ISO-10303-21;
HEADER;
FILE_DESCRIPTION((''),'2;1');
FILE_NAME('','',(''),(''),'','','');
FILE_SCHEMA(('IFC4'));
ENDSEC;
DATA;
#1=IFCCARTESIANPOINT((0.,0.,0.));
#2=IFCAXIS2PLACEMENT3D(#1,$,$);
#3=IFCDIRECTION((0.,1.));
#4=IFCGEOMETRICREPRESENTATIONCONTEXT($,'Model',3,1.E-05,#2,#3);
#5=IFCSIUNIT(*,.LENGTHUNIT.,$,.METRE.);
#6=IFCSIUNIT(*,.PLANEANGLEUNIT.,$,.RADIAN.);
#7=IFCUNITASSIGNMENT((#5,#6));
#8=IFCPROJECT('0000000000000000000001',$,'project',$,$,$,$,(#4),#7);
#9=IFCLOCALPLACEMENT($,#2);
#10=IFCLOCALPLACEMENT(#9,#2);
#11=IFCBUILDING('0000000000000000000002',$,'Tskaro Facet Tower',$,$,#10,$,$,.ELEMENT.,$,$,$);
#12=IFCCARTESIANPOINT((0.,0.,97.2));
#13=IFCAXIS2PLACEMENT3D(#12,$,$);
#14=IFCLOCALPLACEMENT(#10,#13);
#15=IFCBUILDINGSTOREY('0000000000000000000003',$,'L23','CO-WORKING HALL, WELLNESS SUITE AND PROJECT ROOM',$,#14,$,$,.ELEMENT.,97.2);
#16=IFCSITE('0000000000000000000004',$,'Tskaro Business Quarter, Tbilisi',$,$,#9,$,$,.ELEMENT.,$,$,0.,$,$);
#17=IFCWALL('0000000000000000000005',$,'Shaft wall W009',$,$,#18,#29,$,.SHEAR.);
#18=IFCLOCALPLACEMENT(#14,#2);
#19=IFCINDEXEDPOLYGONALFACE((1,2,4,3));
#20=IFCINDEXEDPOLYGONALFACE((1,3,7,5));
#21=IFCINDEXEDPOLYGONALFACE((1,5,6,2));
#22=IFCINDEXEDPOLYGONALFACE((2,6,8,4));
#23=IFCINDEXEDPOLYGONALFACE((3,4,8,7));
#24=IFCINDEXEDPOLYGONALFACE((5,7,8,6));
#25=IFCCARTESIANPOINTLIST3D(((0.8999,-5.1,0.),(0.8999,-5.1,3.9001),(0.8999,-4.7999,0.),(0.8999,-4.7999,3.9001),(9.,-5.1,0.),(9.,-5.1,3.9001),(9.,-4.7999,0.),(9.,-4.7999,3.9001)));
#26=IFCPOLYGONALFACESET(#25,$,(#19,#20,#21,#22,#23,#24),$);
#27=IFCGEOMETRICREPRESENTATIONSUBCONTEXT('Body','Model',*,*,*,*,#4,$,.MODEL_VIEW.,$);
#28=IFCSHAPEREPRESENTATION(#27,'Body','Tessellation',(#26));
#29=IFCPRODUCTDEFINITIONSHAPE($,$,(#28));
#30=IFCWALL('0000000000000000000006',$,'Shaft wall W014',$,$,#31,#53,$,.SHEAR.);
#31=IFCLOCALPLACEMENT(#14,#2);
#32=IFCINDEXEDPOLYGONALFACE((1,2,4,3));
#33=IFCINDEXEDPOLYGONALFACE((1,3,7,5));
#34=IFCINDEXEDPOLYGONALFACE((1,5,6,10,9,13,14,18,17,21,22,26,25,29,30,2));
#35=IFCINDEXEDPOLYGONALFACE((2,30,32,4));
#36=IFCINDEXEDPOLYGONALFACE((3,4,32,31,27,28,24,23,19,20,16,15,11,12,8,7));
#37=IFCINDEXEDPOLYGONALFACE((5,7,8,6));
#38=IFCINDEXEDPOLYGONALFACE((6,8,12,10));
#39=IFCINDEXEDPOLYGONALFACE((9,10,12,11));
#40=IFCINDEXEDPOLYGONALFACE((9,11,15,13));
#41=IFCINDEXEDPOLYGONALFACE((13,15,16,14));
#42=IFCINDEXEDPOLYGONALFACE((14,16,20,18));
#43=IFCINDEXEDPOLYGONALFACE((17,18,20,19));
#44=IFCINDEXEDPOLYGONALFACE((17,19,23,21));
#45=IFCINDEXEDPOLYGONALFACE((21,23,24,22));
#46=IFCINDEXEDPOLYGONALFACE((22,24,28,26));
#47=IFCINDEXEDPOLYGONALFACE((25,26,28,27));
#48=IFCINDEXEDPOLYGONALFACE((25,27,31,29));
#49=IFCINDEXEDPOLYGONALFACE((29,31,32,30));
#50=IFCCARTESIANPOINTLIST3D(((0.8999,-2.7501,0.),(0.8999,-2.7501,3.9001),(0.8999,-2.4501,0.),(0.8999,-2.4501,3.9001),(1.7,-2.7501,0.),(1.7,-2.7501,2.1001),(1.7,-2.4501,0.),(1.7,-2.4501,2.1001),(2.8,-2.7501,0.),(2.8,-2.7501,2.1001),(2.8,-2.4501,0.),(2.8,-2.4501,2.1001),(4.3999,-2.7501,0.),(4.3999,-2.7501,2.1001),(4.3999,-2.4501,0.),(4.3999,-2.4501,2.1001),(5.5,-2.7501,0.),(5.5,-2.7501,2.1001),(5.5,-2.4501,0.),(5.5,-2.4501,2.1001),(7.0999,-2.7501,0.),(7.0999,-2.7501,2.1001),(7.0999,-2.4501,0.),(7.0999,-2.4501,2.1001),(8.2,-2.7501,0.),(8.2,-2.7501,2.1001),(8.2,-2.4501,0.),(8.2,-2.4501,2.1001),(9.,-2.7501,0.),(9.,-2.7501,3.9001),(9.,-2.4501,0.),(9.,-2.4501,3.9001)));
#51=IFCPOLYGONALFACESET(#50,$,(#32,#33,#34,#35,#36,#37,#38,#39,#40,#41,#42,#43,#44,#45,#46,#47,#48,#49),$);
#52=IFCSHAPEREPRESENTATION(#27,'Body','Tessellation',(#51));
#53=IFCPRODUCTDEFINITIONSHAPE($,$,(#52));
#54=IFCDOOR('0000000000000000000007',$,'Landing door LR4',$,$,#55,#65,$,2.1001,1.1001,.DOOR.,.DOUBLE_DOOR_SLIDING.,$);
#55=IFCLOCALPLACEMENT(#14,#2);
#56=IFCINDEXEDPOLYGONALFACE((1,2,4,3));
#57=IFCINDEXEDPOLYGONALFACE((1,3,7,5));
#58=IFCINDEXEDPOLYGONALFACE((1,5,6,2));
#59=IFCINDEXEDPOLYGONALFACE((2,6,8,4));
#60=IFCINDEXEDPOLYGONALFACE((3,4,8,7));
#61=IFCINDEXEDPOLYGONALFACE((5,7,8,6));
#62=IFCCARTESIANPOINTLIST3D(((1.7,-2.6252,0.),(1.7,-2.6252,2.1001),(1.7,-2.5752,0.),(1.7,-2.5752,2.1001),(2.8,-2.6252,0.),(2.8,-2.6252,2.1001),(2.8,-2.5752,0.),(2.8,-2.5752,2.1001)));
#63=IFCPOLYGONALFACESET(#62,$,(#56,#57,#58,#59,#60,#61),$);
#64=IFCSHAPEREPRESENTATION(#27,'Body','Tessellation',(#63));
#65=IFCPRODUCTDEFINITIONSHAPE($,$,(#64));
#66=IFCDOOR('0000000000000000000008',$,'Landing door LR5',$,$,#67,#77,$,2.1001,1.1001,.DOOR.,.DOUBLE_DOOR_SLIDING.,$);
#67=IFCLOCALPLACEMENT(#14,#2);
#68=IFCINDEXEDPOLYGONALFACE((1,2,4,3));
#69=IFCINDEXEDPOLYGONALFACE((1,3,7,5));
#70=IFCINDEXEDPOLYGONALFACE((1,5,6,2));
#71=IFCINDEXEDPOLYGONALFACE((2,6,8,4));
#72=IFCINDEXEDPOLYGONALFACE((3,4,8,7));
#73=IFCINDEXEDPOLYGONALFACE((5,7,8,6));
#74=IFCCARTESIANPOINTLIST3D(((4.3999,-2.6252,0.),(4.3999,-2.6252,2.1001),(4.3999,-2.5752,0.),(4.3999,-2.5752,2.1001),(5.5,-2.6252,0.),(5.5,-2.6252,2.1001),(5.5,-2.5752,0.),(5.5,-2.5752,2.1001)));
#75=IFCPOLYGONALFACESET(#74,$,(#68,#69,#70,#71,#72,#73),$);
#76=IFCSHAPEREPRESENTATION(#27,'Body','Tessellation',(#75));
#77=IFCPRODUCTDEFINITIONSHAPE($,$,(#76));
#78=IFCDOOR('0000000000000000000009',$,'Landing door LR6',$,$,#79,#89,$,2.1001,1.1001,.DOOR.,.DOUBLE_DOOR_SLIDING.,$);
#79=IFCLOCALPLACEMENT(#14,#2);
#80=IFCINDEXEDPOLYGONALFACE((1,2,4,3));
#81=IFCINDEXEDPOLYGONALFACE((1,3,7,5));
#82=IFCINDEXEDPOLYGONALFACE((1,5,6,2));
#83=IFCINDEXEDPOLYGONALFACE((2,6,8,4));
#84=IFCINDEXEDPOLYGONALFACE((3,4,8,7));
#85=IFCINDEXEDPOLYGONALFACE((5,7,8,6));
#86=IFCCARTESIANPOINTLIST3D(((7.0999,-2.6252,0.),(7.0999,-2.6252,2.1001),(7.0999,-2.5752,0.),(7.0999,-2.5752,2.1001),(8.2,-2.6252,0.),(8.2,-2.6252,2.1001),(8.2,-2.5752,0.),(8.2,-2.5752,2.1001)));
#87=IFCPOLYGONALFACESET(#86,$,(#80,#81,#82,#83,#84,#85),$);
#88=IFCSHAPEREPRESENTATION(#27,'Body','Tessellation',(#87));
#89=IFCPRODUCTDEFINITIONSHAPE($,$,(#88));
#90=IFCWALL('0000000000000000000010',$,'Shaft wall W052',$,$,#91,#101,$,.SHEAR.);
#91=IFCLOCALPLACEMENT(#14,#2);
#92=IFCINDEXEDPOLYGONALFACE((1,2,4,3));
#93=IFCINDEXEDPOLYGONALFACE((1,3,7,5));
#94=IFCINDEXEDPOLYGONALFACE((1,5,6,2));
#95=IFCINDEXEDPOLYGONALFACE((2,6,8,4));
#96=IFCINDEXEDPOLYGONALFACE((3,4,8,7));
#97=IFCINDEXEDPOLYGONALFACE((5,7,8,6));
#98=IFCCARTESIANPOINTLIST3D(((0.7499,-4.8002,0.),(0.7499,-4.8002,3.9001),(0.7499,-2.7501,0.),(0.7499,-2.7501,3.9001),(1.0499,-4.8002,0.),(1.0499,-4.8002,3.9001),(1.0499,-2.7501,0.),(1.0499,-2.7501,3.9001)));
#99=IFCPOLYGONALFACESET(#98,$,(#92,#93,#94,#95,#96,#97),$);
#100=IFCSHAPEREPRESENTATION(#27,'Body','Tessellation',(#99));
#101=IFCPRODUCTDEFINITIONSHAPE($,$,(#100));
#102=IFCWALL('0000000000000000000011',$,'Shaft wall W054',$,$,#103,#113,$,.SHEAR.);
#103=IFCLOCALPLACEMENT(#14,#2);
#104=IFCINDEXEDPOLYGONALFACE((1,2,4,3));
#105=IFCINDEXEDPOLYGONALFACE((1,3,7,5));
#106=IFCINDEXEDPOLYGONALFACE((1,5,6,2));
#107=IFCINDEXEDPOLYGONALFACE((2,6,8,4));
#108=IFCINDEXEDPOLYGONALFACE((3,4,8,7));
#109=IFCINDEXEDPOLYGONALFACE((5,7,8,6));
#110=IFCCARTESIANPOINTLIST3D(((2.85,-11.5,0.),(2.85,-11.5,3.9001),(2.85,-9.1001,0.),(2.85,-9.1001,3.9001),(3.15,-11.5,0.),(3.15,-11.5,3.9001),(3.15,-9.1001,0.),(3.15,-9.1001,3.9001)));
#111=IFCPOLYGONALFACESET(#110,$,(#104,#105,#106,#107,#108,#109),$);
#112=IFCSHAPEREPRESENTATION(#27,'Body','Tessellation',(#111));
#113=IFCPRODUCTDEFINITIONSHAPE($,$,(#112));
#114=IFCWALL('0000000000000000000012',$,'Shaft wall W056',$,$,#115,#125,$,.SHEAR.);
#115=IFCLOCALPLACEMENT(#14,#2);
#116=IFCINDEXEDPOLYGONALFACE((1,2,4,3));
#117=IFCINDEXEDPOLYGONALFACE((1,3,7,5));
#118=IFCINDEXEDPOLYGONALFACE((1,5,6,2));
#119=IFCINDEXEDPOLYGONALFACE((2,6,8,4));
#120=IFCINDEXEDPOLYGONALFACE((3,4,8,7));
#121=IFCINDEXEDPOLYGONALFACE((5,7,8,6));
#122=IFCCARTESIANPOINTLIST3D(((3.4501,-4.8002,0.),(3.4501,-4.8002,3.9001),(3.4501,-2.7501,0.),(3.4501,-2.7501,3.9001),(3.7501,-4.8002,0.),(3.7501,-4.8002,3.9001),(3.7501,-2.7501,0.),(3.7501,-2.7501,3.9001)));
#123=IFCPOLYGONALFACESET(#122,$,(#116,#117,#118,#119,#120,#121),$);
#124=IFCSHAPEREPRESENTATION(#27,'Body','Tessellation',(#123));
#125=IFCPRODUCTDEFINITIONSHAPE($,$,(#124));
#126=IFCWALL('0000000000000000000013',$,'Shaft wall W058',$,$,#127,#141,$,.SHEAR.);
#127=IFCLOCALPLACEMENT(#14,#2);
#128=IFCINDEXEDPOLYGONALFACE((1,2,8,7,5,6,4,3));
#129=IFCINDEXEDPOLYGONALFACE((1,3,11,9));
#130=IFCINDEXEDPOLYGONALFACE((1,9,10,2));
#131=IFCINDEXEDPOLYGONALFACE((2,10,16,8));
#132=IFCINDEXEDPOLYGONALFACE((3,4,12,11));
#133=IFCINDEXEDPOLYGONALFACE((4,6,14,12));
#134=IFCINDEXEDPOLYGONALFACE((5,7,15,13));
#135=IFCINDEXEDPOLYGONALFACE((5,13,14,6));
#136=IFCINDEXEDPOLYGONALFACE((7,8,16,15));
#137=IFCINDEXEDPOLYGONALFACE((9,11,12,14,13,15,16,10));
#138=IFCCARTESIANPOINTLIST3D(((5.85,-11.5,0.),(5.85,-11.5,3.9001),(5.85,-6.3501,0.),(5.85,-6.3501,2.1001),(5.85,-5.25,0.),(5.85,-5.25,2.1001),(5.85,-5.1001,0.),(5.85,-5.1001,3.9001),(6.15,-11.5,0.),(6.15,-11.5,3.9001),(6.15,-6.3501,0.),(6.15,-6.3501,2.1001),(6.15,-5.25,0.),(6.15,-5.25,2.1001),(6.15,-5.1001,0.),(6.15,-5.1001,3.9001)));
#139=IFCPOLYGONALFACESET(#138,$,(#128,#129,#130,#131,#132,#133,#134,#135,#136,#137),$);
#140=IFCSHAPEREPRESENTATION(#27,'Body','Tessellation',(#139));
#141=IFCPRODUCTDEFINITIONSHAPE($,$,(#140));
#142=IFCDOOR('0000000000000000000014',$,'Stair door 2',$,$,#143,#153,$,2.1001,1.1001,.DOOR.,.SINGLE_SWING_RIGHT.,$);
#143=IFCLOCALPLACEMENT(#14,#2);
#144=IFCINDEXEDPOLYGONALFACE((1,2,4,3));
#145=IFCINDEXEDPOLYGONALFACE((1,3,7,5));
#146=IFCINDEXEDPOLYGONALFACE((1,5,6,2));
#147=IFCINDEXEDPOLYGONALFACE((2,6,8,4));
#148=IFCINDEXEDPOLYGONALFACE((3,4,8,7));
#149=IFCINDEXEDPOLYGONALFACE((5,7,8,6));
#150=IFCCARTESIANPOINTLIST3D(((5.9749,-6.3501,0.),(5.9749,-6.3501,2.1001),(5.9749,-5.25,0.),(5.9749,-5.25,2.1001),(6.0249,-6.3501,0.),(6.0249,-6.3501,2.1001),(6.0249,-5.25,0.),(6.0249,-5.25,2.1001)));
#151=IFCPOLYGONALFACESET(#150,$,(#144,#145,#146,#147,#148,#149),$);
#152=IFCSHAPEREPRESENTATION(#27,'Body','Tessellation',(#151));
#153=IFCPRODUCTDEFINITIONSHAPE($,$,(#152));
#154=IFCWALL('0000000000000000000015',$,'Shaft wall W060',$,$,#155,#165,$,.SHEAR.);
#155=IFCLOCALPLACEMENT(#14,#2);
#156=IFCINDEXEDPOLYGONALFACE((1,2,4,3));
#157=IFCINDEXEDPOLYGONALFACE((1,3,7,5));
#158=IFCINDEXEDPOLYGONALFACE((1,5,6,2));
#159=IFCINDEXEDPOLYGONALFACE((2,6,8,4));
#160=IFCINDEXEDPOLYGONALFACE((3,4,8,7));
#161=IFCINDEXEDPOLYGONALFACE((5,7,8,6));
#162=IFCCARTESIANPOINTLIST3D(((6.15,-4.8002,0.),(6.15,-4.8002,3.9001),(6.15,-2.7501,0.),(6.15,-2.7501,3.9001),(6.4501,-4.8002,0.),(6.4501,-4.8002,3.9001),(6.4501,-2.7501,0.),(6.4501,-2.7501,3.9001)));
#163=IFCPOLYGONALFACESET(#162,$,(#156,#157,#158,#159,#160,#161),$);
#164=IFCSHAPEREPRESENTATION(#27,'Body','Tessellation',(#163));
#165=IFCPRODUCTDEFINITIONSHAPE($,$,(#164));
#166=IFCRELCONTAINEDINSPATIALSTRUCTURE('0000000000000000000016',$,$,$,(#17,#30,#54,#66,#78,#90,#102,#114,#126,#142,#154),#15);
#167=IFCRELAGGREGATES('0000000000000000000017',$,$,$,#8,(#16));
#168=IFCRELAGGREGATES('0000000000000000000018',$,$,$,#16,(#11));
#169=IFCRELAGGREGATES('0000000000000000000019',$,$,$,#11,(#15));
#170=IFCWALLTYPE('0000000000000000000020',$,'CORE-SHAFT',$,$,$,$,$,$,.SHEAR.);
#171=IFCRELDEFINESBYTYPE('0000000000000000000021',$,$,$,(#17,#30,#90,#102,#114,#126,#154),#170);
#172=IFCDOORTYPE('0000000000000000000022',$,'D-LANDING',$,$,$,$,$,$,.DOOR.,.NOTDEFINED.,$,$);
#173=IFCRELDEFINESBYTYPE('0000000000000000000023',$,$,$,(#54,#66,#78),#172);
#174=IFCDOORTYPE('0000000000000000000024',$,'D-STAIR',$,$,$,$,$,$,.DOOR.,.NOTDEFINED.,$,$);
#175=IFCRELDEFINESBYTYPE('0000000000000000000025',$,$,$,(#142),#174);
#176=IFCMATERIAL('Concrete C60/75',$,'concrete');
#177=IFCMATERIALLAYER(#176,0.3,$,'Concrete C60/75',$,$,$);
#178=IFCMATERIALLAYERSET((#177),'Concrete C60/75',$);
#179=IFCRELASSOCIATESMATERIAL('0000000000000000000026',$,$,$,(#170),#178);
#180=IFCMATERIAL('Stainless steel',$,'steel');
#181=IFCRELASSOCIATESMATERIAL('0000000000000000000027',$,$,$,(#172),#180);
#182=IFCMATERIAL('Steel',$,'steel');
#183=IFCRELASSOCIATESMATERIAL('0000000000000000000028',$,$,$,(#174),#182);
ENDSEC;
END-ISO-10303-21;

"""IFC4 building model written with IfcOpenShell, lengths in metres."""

from ifc_helpers import new_model, si_unit, direction, frame, frame_2d, origin, place, context, subcontext, project, spatial, rectangle, extrude, material, layer, layer_set, type_object, element, fill, save


model = new_model("IFC4")

# Units and contexts
model_context = context("Model", 3, precision=1e-05, world=origin(), true_north=direction((0.0, 1.0)))
body_context = subcontext(model_context, "Body", "Model", "MODEL_VIEW")
ifc_project = project(units=[si_unit("LENGTHUNIT", "METRE"), si_unit("PLANEANGLEUNIT", "RADIAN")], contexts=[model_context])

# Site, building, storey
site_placement = place(None, origin())
site = spatial("IfcSite", under=ifc_project, at=site_placement, Name="Tskaro Business Quarter, Tbilisi", CompositionType="ELEMENT", RefElevation=0.0)
building_placement = place(site_placement, origin())
building = spatial("IfcBuilding", under=site, at=building_placement, Name="Tskaro Facet Tower", CompositionType="ELEMENT")
storey_placement = place(building_placement, frame((0.0, 0.0, 97.2)))
storey = spatial("IfcBuildingStorey", under=building, at=storey_placement, Name="L23", Description="CO-WORKING HALL, WELLNESS SUITE AND PROJECT ROOM", CompositionType="ELEMENT", Elevation=97.2)

# Wall
ifc_material_1 = material(Name="Concrete C60/75", Category="concrete")
ifc_layer_1 = layer(ifc_material_1, 0.3, Name="Concrete C60/75")
ifc_layer_set_1 = layer_set([ifc_layer_1], Name="Concrete C60/75")
wall_type_1 = type_object("IfcWallType", Name="CORE-SHAFT", PredefinedType="SHEAR", material=ifc_layer_set_1)
wall_1_placement = place(storey_placement, frame((0.8999, -4.95, 0.0), z_axis=(0.0, 0.0, 1.0), x_axis=(1.0, 0.0, 0.0)))
element("IfcWall", 1, at=wall_1_placement, inside=storey, type_object=wall_type_1, Name="Shaft wall W009", PredefinedType="SHEAR", context=body_context, shape_type="SweptSolid", body=[
    extrude(rectangle(XDim=8.1001, YDim=0.3, at=frame_2d((4.05, 0.0))), origin(), (0.0, 0.0, 1.0), 3.9001),
])

# Wall, openings, doors
wall_2_placement = place(storey_placement, frame((0.8999, -2.6001, 0.0), z_axis=(0.0, 0.0, 1.0), x_axis=(1.0, 0.0, 0.0)))
wall_2 = element("IfcWall", 2, at=wall_2_placement, inside=storey, type_object=wall_type_1, Name="Shaft wall W014", PredefinedType="SHEAR", context=body_context, shape_type="SweptSolid", body=[
    extrude(rectangle(XDim=8.1001, YDim=0.3, at=frame_2d((4.05, 0.0))), origin(), (0.0, 0.0, 1.0), 3.9001),
])
opening_1_placement = place(wall_2_placement, frame((0.8, 0.0, 0.0)))
opening_1 = element("IfcOpeningElement", 3, at=opening_1_placement, cuts=wall_2, PredefinedType="OPENING", context=body_context, shape_type="SweptSolid", body=[
    extrude(rectangle(XDim=1.1001, YDim=2.1001, at=frame_2d((0.55, 1.05))), frame((0.0, 0.1599, 0.0), z_axis=(0.0, -1.0, 0.0), x_axis=(1.0, 0.0, 0.0)), (0.0, 0.0, 1.0), 0.3201),
])
opening_2_placement = place(wall_2_placement, frame((3.5, 0.0, 0.0)))
opening_2 = element("IfcOpeningElement", 4, at=opening_2_placement, cuts=wall_2, PredefinedType="OPENING", context=body_context, shape_type="SweptSolid", body=[
    extrude(rectangle(XDim=1.1001, YDim=2.1001, at=frame_2d((0.55, 1.05))), frame((0.0, 0.1599, 0.0), z_axis=(0.0, -1.0, 0.0), x_axis=(1.0, 0.0, 0.0)), (0.0, 0.0, 1.0), 0.3201),
])
opening_3_placement = place(wall_2_placement, frame((6.2, 0.0, 0.0)))
opening_3 = element("IfcOpeningElement", 5, at=opening_3_placement, cuts=wall_2, PredefinedType="OPENING", context=body_context, shape_type="SweptSolid", body=[
    extrude(rectangle(XDim=1.1001, YDim=2.1001, at=frame_2d((0.55, 1.05))), frame((0.0, 0.1599, 0.0), z_axis=(0.0, -1.0, 0.0), x_axis=(1.0, 0.0, 0.0)), (0.0, 0.0, 1.0), 0.3201),
])
ifc_material_2 = material(Name="Stainless steel", Category="steel")
door_type_1 = type_object("IfcDoorType", Name="D-LANDING", OperationType="NOTDEFINED", PredefinedType="DOOR", material=ifc_material_2)
door_1_placement = place(opening_1_placement, origin())
door_1 = element("IfcDoor", 6, at=door_1_placement, inside=storey, type_object=door_type_1, Name="Landing door LR4", OperationType="DOUBLE_DOOR_SLIDING", OverallHeight=2.1001, OverallWidth=1.1001, PredefinedType="DOOR", context=body_context, shape_type="SweptSolid", body=[
    extrude(rectangle(XDim=1.1001, YDim=2.1001, at=frame_2d((0.55, 1.05))), frame((0.0, 0.0249, 0.0), z_axis=(0.0, -1.0, 0.0), x_axis=(1.0, 0.0, 0.0)), (0.0, 0.0, 1.0), 0.05),
])
fill(opening_1, door_1)
door_2_placement = place(opening_2_placement, origin())
door_2 = element("IfcDoor", 7, at=door_2_placement, inside=storey, type_object=door_type_1, Name="Landing door LR5", OperationType="DOUBLE_DOOR_SLIDING", OverallHeight=2.1001, OverallWidth=1.1001, PredefinedType="DOOR", context=body_context, shape_type="SweptSolid", body=[
    extrude(rectangle(XDim=1.1001, YDim=2.1001, at=frame_2d((0.55, 1.05))), frame((0.0, 0.0249, 0.0), z_axis=(0.0, -1.0, 0.0), x_axis=(1.0, 0.0, 0.0)), (0.0, 0.0, 1.0), 0.05),
])
fill(opening_2, door_2)
door_3_placement = place(opening_3_placement, origin())
door_3 = element("IfcDoor", 8, at=door_3_placement, inside=storey, type_object=door_type_1, Name="Landing door LR6", OperationType="DOUBLE_DOOR_SLIDING", OverallHeight=2.1001, OverallWidth=1.1001, PredefinedType="DOOR", context=body_context, shape_type="SweptSolid", body=[
    extrude(rectangle(XDim=1.1001, YDim=2.1001, at=frame_2d((0.55, 1.05))), frame((0.0, 0.0249, 0.0), z_axis=(0.0, -1.0, 0.0), x_axis=(1.0, 0.0, 0.0)), (0.0, 0.0, 1.0), 0.05),
])
fill(opening_3, door_3)

# Walls
wall_3_placement = place(storey_placement, frame((0.8999, -4.8, 0.0), z_axis=(0.0, 0.0, 1.0), x_axis=(0.0, 1.0, 0.0)))
element("IfcWall", 9, at=wall_3_placement, inside=storey, type_object=wall_type_1, Name="Shaft wall W052", PredefinedType="SHEAR", context=body_context, shape_type="SweptSolid", body=[
    extrude(rectangle(XDim=2.05, YDim=0.3, at=frame_2d((1.0249, 0.0))), origin(), (0.0, 0.0, 1.0), 3.9001),
])
wall_4_placement = place(storey_placement, frame((3.0, -11.5, 0.0), z_axis=(0.0, 0.0, 1.0), x_axis=(0.0, 1.0, 0.0)))
element("IfcWall", 10, at=wall_4_placement, inside=storey, type_object=wall_type_1, Name="Shaft wall W054", PredefinedType="SHEAR", context=body_context, shape_type="SweptSolid", body=[
    extrude(rectangle(XDim=2.3999, YDim=0.3, at=frame_2d((1.2, 0.0))), origin(), (0.0, 0.0, 1.0), 3.9001),
])
wall_5_placement = place(storey_placement, frame((3.6001, -4.8, 0.0), z_axis=(0.0, 0.0, 1.0), x_axis=(0.0, 1.0, 0.0)))
element("IfcWall", 11, at=wall_5_placement, inside=storey, type_object=wall_type_1, Name="Shaft wall W056", PredefinedType="SHEAR", context=body_context, shape_type="SweptSolid", body=[
    extrude(rectangle(XDim=2.05, YDim=0.3, at=frame_2d((1.0249, 0.0))), origin(), (0.0, 0.0, 1.0), 3.9001),
])

# Wall, opening, door
wall_6_placement = place(storey_placement, frame((6.0, -5.1001, 0.0), z_axis=(0.0, 0.0, 1.0), x_axis=(0.0, -1.0, 0.0)))
wall_6 = element("IfcWall", 12, at=wall_6_placement, inside=storey, type_object=wall_type_1, Name="Shaft wall W058", PredefinedType="SHEAR", context=body_context, shape_type="SweptSolid", body=[
    extrude(rectangle(XDim=6.3999, YDim=0.3, at=frame_2d((3.2, 0.0))), origin(), (0.0, 0.0, 1.0), 3.9001),
])
opening_4_placement = place(wall_6_placement, frame((0.1499, 0.0, 0.0)))
opening_4 = element("IfcOpeningElement", 13, at=opening_4_placement, cuts=wall_6, PredefinedType="OPENING", context=body_context, shape_type="SweptSolid", body=[
    extrude(rectangle(XDim=1.1001, YDim=2.1001, at=frame_2d((0.55, 1.05))), frame((0.0, 0.1599, 0.0), z_axis=(0.0, -1.0, 0.0), x_axis=(1.0, 0.0, 0.0)), (0.0, 0.0, 1.0), 0.3201),
])
ifc_material_3 = material(Name="Steel", Category="steel")
door_type_2 = type_object("IfcDoorType", Name="D-STAIR", OperationType="NOTDEFINED", PredefinedType="DOOR", material=ifc_material_3)
door_4_placement = place(opening_4_placement, origin())
door_4 = element("IfcDoor", 14, at=door_4_placement, inside=storey, type_object=door_type_2, Name="Stair door 2", OperationType="SINGLE_SWING_RIGHT", OverallHeight=2.1001, OverallWidth=1.1001, PredefinedType="DOOR", context=body_context, shape_type="SweptSolid", body=[
    extrude(rectangle(XDim=1.1001, YDim=2.1001, at=frame_2d((0.55, 1.05))), frame((0.0, 0.0249, 0.0), z_axis=(0.0, -1.0, 0.0), x_axis=(1.0, 0.0, 0.0)), (0.0, 0.0, 1.0), 0.05),
])
fill(opening_4, door_4)

# Wall
wall_7_placement = place(storey_placement, frame((6.3, -4.8, 0.0), z_axis=(0.0, 0.0, 1.0), x_axis=(0.0, 1.0, 0.0)))
element("IfcWall", 15, at=wall_7_placement, inside=storey, type_object=wall_type_1, Name="Shaft wall W060", PredefinedType="SHEAR", context=body_context, shape_type="SweptSolid", body=[
    extrude(rectangle(XDim=2.05, YDim=0.3, at=frame_2d((1.0249, 0.0))), origin(), (0.0, 0.0, 1.0), 3.9001),
])

save(model, "model.ifc")
